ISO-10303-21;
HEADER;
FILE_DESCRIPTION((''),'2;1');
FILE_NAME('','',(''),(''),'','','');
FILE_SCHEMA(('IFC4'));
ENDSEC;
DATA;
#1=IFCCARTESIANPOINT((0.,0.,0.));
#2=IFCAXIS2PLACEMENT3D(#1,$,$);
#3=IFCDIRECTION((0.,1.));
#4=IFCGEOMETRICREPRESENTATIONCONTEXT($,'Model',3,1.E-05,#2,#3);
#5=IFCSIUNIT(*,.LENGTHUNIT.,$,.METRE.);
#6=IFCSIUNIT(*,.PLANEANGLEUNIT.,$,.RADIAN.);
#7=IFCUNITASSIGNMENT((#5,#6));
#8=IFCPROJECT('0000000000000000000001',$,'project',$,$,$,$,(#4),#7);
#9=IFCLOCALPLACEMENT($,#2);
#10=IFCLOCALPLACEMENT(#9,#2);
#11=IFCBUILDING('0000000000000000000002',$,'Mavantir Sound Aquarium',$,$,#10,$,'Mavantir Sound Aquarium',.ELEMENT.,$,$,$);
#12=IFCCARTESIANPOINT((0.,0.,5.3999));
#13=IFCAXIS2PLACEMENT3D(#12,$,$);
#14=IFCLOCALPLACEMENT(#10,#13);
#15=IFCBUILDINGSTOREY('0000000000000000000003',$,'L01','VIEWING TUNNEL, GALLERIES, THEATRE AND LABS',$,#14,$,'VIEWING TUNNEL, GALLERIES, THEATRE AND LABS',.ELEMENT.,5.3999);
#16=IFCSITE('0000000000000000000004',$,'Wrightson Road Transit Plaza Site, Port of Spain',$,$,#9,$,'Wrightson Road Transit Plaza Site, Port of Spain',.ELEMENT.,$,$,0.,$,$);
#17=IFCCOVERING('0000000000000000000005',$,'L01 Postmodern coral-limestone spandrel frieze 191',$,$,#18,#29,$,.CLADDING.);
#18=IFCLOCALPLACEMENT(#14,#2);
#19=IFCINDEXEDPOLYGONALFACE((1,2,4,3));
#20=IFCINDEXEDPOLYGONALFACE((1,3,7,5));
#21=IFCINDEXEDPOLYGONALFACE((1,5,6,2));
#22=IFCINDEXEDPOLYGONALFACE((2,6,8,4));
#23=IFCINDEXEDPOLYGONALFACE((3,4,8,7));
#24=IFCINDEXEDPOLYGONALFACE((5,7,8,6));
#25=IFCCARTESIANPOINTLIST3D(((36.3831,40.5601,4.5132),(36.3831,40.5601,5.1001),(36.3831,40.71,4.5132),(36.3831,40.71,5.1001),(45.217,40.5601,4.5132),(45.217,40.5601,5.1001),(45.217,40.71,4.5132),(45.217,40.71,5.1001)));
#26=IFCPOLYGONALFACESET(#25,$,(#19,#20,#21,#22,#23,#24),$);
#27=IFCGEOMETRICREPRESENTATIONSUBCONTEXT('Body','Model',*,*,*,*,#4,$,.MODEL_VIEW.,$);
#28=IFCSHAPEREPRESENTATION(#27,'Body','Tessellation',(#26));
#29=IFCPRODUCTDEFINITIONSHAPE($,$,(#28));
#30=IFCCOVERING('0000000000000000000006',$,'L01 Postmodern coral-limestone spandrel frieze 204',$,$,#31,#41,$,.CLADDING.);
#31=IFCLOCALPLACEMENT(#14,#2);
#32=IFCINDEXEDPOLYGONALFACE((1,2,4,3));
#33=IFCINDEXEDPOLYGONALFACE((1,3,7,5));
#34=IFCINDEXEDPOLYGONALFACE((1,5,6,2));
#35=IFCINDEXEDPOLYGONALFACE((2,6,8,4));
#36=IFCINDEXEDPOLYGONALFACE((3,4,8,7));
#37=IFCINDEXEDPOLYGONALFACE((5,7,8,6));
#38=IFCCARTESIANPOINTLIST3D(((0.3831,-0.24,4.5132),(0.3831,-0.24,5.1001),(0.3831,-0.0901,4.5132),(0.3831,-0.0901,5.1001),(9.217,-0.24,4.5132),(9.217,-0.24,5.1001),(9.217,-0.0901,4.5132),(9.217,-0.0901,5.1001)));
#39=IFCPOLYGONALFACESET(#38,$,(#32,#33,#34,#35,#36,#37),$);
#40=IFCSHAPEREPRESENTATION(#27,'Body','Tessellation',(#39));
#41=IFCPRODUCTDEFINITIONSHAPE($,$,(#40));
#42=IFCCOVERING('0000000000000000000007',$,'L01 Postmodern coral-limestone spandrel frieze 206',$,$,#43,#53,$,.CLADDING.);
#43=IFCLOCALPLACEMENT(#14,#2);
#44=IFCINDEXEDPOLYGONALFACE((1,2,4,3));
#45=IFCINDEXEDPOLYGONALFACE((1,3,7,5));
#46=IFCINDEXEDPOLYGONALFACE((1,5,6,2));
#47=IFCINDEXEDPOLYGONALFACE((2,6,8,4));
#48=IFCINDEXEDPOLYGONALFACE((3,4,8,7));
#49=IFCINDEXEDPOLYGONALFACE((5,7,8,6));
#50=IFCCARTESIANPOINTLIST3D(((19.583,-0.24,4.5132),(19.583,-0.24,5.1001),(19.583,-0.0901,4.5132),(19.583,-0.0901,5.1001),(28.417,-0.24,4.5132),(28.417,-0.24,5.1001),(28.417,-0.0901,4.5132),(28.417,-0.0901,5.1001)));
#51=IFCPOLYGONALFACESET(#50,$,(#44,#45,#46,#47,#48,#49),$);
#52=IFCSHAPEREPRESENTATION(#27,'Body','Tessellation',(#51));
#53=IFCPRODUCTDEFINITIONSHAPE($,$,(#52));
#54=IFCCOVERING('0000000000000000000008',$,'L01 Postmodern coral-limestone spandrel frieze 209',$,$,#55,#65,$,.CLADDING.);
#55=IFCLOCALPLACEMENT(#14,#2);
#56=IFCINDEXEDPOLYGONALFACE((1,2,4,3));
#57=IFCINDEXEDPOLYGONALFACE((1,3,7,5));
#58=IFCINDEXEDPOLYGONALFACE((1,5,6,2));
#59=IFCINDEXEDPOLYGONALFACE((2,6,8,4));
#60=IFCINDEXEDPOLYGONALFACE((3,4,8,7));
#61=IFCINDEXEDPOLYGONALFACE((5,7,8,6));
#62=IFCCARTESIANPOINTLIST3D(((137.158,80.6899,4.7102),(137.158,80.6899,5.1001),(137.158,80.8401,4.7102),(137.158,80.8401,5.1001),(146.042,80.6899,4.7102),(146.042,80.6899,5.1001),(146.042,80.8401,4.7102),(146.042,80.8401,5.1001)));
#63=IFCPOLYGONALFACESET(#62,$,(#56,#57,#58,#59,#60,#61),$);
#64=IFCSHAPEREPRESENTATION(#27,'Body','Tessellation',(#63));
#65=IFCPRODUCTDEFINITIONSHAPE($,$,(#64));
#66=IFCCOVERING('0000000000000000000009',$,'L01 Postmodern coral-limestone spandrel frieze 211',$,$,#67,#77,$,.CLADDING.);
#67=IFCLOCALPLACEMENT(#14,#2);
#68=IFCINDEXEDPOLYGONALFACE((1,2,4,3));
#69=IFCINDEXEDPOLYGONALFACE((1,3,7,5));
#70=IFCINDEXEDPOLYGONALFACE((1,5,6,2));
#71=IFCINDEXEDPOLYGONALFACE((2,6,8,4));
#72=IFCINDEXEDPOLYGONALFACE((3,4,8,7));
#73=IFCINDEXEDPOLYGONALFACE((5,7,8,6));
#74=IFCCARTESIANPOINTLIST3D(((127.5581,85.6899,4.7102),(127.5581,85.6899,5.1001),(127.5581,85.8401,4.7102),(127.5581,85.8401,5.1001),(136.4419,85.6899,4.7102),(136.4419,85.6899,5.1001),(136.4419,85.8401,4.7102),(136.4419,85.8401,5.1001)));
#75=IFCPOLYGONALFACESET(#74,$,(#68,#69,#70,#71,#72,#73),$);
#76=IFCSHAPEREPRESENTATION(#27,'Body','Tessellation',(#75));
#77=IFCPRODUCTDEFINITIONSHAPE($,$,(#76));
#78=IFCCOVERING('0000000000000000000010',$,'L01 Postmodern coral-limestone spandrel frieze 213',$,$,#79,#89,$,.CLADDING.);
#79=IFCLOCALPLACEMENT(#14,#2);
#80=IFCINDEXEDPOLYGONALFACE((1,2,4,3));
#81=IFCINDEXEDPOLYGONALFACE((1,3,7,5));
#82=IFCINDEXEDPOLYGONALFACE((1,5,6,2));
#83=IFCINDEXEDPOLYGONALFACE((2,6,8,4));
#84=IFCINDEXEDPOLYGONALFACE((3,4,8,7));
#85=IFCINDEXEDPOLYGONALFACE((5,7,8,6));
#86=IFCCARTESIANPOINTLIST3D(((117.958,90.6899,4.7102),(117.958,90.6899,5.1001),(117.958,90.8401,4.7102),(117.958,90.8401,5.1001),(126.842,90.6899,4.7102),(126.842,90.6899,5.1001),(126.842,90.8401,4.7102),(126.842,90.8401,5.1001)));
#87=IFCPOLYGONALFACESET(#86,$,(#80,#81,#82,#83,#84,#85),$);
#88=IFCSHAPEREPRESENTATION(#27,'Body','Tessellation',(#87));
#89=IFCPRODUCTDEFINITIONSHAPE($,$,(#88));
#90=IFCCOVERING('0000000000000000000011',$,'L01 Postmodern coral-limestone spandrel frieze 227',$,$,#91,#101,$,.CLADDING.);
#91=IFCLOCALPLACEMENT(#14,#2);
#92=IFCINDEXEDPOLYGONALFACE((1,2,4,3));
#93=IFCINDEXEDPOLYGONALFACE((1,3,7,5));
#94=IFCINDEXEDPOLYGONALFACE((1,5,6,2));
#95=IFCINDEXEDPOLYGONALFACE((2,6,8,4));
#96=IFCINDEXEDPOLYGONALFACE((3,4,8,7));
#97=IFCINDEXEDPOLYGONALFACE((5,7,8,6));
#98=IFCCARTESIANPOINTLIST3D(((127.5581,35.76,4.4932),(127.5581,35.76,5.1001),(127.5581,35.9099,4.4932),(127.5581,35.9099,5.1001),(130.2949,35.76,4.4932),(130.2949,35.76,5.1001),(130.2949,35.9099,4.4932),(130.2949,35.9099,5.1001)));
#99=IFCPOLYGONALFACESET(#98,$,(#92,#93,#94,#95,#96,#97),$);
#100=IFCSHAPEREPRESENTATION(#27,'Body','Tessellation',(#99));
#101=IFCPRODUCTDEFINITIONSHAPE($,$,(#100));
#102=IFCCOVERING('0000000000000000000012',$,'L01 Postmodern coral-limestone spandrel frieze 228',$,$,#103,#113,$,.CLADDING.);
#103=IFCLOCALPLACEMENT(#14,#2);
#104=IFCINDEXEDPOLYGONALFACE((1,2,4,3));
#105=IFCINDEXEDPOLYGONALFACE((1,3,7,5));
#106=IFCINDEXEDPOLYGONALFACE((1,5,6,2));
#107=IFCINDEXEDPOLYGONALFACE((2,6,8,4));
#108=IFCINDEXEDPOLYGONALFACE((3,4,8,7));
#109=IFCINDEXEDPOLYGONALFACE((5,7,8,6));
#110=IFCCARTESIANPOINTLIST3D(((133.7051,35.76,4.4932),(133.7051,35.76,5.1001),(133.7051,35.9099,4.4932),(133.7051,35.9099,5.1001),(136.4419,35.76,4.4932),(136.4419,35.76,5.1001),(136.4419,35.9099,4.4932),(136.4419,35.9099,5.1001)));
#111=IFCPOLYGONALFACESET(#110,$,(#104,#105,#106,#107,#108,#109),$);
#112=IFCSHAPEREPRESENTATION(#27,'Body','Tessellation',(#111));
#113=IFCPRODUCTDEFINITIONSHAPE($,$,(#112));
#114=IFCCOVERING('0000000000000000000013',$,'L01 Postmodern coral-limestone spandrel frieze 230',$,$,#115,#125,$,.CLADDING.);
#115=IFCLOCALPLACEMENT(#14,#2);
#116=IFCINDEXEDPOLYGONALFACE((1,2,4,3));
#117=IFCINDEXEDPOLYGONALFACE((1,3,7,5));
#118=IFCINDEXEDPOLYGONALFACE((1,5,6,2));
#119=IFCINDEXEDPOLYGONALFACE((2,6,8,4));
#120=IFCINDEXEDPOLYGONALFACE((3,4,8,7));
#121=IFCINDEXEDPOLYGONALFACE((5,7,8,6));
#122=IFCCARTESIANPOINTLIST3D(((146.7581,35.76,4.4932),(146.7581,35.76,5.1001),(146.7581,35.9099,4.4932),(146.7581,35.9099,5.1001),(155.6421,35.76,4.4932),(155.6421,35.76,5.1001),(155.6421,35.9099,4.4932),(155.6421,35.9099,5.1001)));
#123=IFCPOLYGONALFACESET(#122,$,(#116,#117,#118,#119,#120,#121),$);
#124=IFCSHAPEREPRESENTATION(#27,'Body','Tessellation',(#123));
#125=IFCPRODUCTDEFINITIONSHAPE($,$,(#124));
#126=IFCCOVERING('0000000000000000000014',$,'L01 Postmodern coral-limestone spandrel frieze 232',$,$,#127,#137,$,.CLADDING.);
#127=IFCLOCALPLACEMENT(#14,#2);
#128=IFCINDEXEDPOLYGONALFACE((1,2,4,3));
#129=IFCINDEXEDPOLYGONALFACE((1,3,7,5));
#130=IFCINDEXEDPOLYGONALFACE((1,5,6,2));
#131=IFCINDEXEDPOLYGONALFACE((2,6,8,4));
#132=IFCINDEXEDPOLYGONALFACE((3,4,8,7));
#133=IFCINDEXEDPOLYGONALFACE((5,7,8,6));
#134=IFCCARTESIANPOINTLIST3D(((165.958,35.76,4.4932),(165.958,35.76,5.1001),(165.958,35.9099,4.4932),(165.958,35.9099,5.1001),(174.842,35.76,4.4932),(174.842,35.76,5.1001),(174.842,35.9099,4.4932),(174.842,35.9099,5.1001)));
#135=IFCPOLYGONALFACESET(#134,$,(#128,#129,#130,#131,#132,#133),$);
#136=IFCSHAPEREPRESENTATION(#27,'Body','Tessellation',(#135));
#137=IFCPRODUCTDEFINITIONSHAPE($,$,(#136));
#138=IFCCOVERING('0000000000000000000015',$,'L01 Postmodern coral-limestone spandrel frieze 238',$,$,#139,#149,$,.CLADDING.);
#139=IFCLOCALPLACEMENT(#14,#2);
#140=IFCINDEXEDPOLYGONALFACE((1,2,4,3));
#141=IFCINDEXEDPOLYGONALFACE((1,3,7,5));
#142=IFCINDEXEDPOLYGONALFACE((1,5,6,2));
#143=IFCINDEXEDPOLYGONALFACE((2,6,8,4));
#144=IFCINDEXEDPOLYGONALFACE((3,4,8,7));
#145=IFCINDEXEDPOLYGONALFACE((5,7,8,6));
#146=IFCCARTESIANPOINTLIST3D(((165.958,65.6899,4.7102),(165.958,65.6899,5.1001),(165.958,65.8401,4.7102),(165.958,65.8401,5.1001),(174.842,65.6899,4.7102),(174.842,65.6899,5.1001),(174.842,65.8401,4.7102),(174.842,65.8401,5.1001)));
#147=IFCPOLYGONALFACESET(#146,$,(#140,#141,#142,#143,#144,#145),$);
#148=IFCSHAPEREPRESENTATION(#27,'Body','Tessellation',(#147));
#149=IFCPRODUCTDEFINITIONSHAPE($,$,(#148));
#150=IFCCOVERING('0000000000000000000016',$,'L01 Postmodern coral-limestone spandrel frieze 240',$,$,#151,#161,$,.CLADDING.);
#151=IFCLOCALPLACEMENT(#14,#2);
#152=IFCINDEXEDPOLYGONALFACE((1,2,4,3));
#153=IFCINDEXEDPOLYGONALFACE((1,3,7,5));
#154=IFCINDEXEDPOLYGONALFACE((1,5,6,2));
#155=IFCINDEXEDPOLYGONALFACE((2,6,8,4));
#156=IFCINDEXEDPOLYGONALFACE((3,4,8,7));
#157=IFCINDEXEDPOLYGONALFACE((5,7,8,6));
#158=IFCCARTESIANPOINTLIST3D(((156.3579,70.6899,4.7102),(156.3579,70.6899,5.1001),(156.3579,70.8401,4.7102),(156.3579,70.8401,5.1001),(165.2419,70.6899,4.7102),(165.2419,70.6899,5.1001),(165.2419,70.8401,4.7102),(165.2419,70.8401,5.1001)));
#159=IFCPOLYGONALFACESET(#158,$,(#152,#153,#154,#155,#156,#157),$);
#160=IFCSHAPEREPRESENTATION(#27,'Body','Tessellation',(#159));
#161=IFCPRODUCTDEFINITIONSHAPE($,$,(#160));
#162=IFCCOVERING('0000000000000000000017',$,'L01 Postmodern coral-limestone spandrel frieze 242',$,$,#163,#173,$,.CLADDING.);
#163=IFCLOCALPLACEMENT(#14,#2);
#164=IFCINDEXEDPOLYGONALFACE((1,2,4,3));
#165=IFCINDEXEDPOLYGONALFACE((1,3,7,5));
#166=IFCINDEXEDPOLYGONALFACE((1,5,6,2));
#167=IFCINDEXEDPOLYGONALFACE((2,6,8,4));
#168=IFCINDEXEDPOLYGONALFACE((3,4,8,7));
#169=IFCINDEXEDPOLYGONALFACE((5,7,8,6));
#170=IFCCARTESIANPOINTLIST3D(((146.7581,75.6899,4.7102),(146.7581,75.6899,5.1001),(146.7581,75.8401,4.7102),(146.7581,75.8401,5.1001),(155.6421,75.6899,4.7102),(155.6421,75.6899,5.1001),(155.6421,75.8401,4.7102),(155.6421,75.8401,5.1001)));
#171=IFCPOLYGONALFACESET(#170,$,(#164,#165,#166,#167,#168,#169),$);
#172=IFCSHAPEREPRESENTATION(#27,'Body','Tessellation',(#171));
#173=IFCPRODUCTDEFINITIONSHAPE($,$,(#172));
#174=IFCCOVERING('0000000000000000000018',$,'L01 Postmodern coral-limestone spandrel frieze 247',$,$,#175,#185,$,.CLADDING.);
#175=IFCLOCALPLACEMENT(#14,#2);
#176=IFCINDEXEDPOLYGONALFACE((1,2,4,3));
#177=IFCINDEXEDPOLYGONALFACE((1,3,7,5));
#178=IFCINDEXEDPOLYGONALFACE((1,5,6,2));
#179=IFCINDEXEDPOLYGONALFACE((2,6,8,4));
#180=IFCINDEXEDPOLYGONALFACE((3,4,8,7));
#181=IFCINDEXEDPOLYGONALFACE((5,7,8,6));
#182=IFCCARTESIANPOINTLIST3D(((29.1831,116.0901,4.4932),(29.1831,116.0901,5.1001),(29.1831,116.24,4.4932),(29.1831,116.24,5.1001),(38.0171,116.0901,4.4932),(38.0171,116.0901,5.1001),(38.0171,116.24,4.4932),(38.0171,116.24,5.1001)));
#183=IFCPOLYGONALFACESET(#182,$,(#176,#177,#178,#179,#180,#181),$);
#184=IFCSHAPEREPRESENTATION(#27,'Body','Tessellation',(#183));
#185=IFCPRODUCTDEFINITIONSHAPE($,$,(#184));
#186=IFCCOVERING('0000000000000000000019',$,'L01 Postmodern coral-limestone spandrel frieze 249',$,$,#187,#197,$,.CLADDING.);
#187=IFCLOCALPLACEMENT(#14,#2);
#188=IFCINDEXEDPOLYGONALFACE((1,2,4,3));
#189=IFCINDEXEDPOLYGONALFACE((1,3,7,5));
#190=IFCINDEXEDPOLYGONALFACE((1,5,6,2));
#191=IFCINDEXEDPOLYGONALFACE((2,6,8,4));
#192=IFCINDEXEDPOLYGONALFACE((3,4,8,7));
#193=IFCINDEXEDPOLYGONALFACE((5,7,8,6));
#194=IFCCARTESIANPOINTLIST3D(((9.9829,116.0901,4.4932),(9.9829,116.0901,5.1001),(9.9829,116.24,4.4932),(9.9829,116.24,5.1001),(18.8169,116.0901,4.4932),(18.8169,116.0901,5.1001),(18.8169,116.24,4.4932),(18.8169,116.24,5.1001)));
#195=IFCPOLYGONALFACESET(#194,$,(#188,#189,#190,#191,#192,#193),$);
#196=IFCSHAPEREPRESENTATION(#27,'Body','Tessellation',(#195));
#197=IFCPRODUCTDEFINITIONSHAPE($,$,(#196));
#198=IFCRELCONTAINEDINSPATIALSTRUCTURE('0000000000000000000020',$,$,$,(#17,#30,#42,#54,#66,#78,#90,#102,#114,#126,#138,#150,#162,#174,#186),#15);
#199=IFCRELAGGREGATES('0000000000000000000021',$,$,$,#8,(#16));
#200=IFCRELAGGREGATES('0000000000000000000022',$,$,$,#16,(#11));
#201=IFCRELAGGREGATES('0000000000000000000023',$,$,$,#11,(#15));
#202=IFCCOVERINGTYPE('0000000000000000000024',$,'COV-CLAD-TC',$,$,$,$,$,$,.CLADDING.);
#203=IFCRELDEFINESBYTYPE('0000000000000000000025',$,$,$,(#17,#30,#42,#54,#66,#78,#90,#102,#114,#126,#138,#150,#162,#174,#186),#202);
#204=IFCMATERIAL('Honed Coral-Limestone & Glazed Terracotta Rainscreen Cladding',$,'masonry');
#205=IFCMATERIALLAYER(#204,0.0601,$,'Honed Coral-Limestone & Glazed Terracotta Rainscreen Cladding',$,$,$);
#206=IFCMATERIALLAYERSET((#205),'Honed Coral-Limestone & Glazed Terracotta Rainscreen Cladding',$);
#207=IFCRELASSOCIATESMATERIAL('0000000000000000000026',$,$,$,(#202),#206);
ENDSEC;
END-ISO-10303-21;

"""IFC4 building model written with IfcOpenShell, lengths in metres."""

from ifc_helpers import new_model, si_unit, direction, frame, origin, place, context, subcontext, project, spatial, polyline, outline, extrude, material, layer, layer_set, type_object, element, save


model = new_model("IFC4")

# Units and contexts
model_context = context("Model", 3, precision=1e-05, world=origin(), true_north=direction((0.0, 1.0)))
body_context = subcontext(model_context, "Body", "Model", "MODEL_VIEW")
ifc_project = project(units=[si_unit("LENGTHUNIT", "METRE"), si_unit("PLANEANGLEUNIT", "RADIAN")], contexts=[model_context])

# Site, building, storey
site_placement = place(None, origin())
site = spatial("IfcSite", under=ifc_project, at=site_placement, Name="Wrightson Road Transit Plaza Site, Port of Spain", LongName="Wrightson Road Transit Plaza Site, Port of Spain", CompositionType="ELEMENT", RefElevation=0.0)
building_placement = place(site_placement, origin())
building = spatial("IfcBuilding", under=site, at=building_placement, Name="Mavantir Sound Aquarium", LongName="Mavantir Sound Aquarium", CompositionType="ELEMENT")
storey_placement = place(building_placement, frame((0.0, 0.0, 5.3999)))
storey = spatial("IfcBuildingStorey", under=building, at=storey_placement, Name="L01", Description="VIEWING TUNNEL, GALLERIES, THEATRE AND LABS", LongName="VIEWING TUNNEL, GALLERIES, THEATRE AND LABS", CompositionType="ELEMENT", Elevation=5.3999)

# Coverings
ifc_material = material(Name="Honed Coral-Limestone & Glazed Terracotta Rainscreen Cladding", Category="masonry")
ifc_layer = layer(ifc_material, 0.0601, Name="Honed Coral-Limestone & Glazed Terracotta Rainscreen Cladding")
ifc_layer_set = layer_set([ifc_layer], Name="Honed Coral-Limestone & Glazed Terracotta Rainscreen Cladding")
covering_type = type_object("IfcCoveringType", Name="COV-CLAD-TC", PredefinedType="CLADDING", material=ifc_layer_set)
covering_1_placement = place(storey_placement, frame((0.0, 0.0, 4.5132)))
element("IfcCovering", 1, at=covering_1_placement, inside=storey, type_object=covering_type, Name="L01 Postmodern coral-limestone spandrel frieze 191", PredefinedType="CLADDING", context=body_context, shape_type="SweptSolid", body=[
    extrude(outline(polyline([(36.3831, 40.71), (45.217, 40.71), (45.217, 40.5601), (36.3831, 40.5601), (36.3831, 40.71)])), origin(), (0.0, 0.0, 1.0), 0.5869),
])
covering_2_placement = place(storey_placement, frame((0.0, 0.0, 4.5132)))
element("IfcCovering", 2, at=covering_2_placement, inside=storey, type_object=covering_type, Name="L01 Postmodern coral-limestone spandrel frieze 204", PredefinedType="CLADDING", context=body_context, shape_type="SweptSolid", body=[
    extrude(outline(polyline([(0.3831, -0.0901), (9.217, -0.0901), (9.217, -0.24), (0.3831, -0.24), (0.3831, -0.0901)])), origin(), (0.0, 0.0, 1.0), 0.5869),
])
covering_3_placement = place(storey_placement, frame((0.0, 0.0, 4.5132)))
element("IfcCovering", 3, at=covering_3_placement, inside=storey, type_object=covering_type, Name="L01 Postmodern coral-limestone spandrel frieze 206", PredefinedType="CLADDING", context=body_context, shape_type="SweptSolid", body=[
    extrude(outline(polyline([(19.583, -0.0901), (28.417, -0.0901), (28.417, -0.24), (19.583, -0.24), (19.583, -0.0901)])), origin(), (0.0, 0.0, 1.0), 0.5869),
])
covering_4_placement = place(storey_placement, frame((0.0, 0.0, 4.7102)))
element("IfcCovering", 4, at=covering_4_placement, inside=storey, type_object=covering_type, Name="L01 Postmodern coral-limestone spandrel frieze 209", PredefinedType="CLADDING", context=body_context, shape_type="SweptSolid", body=[
    extrude(outline(polyline([(146.042, 80.6899), (137.158, 80.6899), (137.158, 80.8401), (146.042, 80.8401), (146.042, 80.6899)])), origin(), (0.0, 0.0, 1.0), 0.3899),
])
covering_5_placement = place(storey_placement, frame((0.0, 0.0, 4.7102)))
element("IfcCovering", 5, at=covering_5_placement, inside=storey, type_object=covering_type, Name="L01 Postmodern coral-limestone spandrel frieze 211", PredefinedType="CLADDING", context=body_context, shape_type="SweptSolid", body=[
    extrude(outline(polyline([(136.4419, 85.6899), (127.5581, 85.6899), (127.5581, 85.8401), (136.4419, 85.8401), (136.4419, 85.6899)])), origin(), (0.0, 0.0, 1.0), 0.3899),
])
covering_6_placement = place(storey_placement, frame((0.0, 0.0, 4.7102)))
element("IfcCovering", 6, at=covering_6_placement, inside=storey, type_object=covering_type, Name="L01 Postmodern coral-limestone spandrel frieze 213", PredefinedType="CLADDING", context=body_context, shape_type="SweptSolid", body=[
    extrude(outline(polyline([(126.842, 90.6899), (117.958, 90.6899), (117.958, 90.8401), (126.842, 90.8401), (126.842, 90.6899)])), origin(), (0.0, 0.0, 1.0), 0.3899),
])
covering_7_placement = place(storey_placement, frame((0.0, 0.0, 4.4932)))
element("IfcCovering", 7, at=covering_7_placement, inside=storey, type_object=covering_type, Name="L01 Postmodern coral-limestone spandrel frieze 227", PredefinedType="CLADDING", context=body_context, shape_type="SweptSolid", body=[
    extrude(outline(polyline([(127.5581, 35.9099), (130.2949, 35.9099), (130.2949, 35.76), (127.5581, 35.76), (127.5581, 35.9099)])), origin(), (0.0, 0.0, 1.0), 0.6069),
])
covering_8_placement = place(storey_placement, frame((0.0, 0.0, 4.4932)))
element("IfcCovering", 8, at=covering_8_placement, inside=storey, type_object=covering_type, Name="L01 Postmodern coral-limestone spandrel frieze 228", PredefinedType="CLADDING", context=body_context, shape_type="SweptSolid", body=[
    extrude(outline(polyline([(133.7051, 35.9099), (136.4419, 35.9099), (136.4419, 35.76), (133.7051, 35.76), (133.7051, 35.9099)])), origin(), (0.0, 0.0, 1.0), 0.6069),
])
covering_9_placement = place(storey_placement, frame((0.0, 0.0, 4.4932)))
element("IfcCovering", 9, at=covering_9_placement, inside=storey, type_object=covering_type, Name="L01 Postmodern coral-limestone spandrel frieze 230", PredefinedType="CLADDING", context=body_context, shape_type="SweptSolid", body=[
    extrude(outline(polyline([(146.7581, 35.9099), (155.6421, 35.9099), (155.6421, 35.76), (146.7581, 35.76), (146.7581, 35.9099)])), origin(), (0.0, 0.0, 1.0), 0.6069),
])
covering_10_placement = place(storey_placement, frame((0.0, 0.0, 4.4932)))
element("IfcCovering", 10, at=covering_10_placement, inside=storey, type_object=covering_type, Name="L01 Postmodern coral-limestone spandrel frieze 232", PredefinedType="CLADDING", context=body_context, shape_type="SweptSolid", body=[
    extrude(outline(polyline([(165.958, 35.9099), (174.842, 35.9099), (174.842, 35.76), (165.958, 35.76), (165.958, 35.9099)])), origin(), (0.0, 0.0, 1.0), 0.6069),
])
covering_11_placement = place(storey_placement, frame((0.0, 0.0, 4.7102)))
element("IfcCovering", 11, at=covering_11_placement, inside=storey, type_object=covering_type, Name="L01 Postmodern coral-limestone spandrel frieze 238", PredefinedType="CLADDING", context=body_context, shape_type="SweptSolid", body=[
    extrude(outline(polyline([(174.842, 65.6899), (165.958, 65.6899), (165.958, 65.8401), (174.842, 65.8401), (174.842, 65.6899)])), origin(), (0.0, 0.0, 1.0), 0.3899),
])
covering_12_placement = place(storey_placement, frame((0.0, 0.0, 4.7102)))
element("IfcCovering", 12, at=covering_12_placement, inside=storey, type_object=covering_type, Name="L01 Postmodern coral-limestone spandrel frieze 240", PredefinedType="CLADDING", context=body_context, shape_type="SweptSolid", body=[
    extrude(outline(polyline([(165.2419, 70.6899), (156.3579, 70.6899), (156.3579, 70.8401), (165.2419, 70.8401), (165.2419, 70.6899)])), origin(), (0.0, 0.0, 1.0), 0.3899),
])
covering_13_placement = place(storey_placement, frame((0.0, 0.0, 4.7102)))
element("IfcCovering", 13, at=covering_13_placement, inside=storey, type_object=covering_type, Name="L01 Postmodern coral-limestone spandrel frieze 242", PredefinedType="CLADDING", context=body_context, shape_type="SweptSolid", body=[
    extrude(outline(polyline([(155.6421, 75.6899), (146.7581, 75.6899), (146.7581, 75.8401), (155.6421, 75.8401), (155.6421, 75.6899)])), origin(), (0.0, 0.0, 1.0), 0.3899),
])
covering_14_placement = place(storey_placement, frame((0.0, 0.0, 4.4932)))
element("IfcCovering", 14, at=covering_14_placement, inside=storey, type_object=covering_type, Name="L01 Postmodern coral-limestone spandrel frieze 247", PredefinedType="CLADDING", context=body_context, shape_type="SweptSolid", body=[
    extrude(outline(polyline([(38.0171, 116.0901), (29.1831, 116.0901), (29.1831, 116.24), (38.0171, 116.24), (38.0171, 116.0901)])), origin(), (0.0, 0.0, 1.0), 0.6069),
])
covering_15_placement = place(storey_placement, frame((0.0, 0.0, 4.4932)))
element("IfcCovering", 15, at=covering_15_placement, inside=storey, type_object=covering_type, Name="L01 Postmodern coral-limestone spandrel frieze 249", PredefinedType="CLADDING", context=body_context, shape_type="SweptSolid", body=[
    extrude(outline(polyline([(18.8169, 116.0901), (9.9829, 116.0901), (9.9829, 116.24), (18.8169, 116.24), (18.8169, 116.0901)])), origin(), (0.0, 0.0, 1.0), 0.6069),
])

save(model, "model.ifc")
